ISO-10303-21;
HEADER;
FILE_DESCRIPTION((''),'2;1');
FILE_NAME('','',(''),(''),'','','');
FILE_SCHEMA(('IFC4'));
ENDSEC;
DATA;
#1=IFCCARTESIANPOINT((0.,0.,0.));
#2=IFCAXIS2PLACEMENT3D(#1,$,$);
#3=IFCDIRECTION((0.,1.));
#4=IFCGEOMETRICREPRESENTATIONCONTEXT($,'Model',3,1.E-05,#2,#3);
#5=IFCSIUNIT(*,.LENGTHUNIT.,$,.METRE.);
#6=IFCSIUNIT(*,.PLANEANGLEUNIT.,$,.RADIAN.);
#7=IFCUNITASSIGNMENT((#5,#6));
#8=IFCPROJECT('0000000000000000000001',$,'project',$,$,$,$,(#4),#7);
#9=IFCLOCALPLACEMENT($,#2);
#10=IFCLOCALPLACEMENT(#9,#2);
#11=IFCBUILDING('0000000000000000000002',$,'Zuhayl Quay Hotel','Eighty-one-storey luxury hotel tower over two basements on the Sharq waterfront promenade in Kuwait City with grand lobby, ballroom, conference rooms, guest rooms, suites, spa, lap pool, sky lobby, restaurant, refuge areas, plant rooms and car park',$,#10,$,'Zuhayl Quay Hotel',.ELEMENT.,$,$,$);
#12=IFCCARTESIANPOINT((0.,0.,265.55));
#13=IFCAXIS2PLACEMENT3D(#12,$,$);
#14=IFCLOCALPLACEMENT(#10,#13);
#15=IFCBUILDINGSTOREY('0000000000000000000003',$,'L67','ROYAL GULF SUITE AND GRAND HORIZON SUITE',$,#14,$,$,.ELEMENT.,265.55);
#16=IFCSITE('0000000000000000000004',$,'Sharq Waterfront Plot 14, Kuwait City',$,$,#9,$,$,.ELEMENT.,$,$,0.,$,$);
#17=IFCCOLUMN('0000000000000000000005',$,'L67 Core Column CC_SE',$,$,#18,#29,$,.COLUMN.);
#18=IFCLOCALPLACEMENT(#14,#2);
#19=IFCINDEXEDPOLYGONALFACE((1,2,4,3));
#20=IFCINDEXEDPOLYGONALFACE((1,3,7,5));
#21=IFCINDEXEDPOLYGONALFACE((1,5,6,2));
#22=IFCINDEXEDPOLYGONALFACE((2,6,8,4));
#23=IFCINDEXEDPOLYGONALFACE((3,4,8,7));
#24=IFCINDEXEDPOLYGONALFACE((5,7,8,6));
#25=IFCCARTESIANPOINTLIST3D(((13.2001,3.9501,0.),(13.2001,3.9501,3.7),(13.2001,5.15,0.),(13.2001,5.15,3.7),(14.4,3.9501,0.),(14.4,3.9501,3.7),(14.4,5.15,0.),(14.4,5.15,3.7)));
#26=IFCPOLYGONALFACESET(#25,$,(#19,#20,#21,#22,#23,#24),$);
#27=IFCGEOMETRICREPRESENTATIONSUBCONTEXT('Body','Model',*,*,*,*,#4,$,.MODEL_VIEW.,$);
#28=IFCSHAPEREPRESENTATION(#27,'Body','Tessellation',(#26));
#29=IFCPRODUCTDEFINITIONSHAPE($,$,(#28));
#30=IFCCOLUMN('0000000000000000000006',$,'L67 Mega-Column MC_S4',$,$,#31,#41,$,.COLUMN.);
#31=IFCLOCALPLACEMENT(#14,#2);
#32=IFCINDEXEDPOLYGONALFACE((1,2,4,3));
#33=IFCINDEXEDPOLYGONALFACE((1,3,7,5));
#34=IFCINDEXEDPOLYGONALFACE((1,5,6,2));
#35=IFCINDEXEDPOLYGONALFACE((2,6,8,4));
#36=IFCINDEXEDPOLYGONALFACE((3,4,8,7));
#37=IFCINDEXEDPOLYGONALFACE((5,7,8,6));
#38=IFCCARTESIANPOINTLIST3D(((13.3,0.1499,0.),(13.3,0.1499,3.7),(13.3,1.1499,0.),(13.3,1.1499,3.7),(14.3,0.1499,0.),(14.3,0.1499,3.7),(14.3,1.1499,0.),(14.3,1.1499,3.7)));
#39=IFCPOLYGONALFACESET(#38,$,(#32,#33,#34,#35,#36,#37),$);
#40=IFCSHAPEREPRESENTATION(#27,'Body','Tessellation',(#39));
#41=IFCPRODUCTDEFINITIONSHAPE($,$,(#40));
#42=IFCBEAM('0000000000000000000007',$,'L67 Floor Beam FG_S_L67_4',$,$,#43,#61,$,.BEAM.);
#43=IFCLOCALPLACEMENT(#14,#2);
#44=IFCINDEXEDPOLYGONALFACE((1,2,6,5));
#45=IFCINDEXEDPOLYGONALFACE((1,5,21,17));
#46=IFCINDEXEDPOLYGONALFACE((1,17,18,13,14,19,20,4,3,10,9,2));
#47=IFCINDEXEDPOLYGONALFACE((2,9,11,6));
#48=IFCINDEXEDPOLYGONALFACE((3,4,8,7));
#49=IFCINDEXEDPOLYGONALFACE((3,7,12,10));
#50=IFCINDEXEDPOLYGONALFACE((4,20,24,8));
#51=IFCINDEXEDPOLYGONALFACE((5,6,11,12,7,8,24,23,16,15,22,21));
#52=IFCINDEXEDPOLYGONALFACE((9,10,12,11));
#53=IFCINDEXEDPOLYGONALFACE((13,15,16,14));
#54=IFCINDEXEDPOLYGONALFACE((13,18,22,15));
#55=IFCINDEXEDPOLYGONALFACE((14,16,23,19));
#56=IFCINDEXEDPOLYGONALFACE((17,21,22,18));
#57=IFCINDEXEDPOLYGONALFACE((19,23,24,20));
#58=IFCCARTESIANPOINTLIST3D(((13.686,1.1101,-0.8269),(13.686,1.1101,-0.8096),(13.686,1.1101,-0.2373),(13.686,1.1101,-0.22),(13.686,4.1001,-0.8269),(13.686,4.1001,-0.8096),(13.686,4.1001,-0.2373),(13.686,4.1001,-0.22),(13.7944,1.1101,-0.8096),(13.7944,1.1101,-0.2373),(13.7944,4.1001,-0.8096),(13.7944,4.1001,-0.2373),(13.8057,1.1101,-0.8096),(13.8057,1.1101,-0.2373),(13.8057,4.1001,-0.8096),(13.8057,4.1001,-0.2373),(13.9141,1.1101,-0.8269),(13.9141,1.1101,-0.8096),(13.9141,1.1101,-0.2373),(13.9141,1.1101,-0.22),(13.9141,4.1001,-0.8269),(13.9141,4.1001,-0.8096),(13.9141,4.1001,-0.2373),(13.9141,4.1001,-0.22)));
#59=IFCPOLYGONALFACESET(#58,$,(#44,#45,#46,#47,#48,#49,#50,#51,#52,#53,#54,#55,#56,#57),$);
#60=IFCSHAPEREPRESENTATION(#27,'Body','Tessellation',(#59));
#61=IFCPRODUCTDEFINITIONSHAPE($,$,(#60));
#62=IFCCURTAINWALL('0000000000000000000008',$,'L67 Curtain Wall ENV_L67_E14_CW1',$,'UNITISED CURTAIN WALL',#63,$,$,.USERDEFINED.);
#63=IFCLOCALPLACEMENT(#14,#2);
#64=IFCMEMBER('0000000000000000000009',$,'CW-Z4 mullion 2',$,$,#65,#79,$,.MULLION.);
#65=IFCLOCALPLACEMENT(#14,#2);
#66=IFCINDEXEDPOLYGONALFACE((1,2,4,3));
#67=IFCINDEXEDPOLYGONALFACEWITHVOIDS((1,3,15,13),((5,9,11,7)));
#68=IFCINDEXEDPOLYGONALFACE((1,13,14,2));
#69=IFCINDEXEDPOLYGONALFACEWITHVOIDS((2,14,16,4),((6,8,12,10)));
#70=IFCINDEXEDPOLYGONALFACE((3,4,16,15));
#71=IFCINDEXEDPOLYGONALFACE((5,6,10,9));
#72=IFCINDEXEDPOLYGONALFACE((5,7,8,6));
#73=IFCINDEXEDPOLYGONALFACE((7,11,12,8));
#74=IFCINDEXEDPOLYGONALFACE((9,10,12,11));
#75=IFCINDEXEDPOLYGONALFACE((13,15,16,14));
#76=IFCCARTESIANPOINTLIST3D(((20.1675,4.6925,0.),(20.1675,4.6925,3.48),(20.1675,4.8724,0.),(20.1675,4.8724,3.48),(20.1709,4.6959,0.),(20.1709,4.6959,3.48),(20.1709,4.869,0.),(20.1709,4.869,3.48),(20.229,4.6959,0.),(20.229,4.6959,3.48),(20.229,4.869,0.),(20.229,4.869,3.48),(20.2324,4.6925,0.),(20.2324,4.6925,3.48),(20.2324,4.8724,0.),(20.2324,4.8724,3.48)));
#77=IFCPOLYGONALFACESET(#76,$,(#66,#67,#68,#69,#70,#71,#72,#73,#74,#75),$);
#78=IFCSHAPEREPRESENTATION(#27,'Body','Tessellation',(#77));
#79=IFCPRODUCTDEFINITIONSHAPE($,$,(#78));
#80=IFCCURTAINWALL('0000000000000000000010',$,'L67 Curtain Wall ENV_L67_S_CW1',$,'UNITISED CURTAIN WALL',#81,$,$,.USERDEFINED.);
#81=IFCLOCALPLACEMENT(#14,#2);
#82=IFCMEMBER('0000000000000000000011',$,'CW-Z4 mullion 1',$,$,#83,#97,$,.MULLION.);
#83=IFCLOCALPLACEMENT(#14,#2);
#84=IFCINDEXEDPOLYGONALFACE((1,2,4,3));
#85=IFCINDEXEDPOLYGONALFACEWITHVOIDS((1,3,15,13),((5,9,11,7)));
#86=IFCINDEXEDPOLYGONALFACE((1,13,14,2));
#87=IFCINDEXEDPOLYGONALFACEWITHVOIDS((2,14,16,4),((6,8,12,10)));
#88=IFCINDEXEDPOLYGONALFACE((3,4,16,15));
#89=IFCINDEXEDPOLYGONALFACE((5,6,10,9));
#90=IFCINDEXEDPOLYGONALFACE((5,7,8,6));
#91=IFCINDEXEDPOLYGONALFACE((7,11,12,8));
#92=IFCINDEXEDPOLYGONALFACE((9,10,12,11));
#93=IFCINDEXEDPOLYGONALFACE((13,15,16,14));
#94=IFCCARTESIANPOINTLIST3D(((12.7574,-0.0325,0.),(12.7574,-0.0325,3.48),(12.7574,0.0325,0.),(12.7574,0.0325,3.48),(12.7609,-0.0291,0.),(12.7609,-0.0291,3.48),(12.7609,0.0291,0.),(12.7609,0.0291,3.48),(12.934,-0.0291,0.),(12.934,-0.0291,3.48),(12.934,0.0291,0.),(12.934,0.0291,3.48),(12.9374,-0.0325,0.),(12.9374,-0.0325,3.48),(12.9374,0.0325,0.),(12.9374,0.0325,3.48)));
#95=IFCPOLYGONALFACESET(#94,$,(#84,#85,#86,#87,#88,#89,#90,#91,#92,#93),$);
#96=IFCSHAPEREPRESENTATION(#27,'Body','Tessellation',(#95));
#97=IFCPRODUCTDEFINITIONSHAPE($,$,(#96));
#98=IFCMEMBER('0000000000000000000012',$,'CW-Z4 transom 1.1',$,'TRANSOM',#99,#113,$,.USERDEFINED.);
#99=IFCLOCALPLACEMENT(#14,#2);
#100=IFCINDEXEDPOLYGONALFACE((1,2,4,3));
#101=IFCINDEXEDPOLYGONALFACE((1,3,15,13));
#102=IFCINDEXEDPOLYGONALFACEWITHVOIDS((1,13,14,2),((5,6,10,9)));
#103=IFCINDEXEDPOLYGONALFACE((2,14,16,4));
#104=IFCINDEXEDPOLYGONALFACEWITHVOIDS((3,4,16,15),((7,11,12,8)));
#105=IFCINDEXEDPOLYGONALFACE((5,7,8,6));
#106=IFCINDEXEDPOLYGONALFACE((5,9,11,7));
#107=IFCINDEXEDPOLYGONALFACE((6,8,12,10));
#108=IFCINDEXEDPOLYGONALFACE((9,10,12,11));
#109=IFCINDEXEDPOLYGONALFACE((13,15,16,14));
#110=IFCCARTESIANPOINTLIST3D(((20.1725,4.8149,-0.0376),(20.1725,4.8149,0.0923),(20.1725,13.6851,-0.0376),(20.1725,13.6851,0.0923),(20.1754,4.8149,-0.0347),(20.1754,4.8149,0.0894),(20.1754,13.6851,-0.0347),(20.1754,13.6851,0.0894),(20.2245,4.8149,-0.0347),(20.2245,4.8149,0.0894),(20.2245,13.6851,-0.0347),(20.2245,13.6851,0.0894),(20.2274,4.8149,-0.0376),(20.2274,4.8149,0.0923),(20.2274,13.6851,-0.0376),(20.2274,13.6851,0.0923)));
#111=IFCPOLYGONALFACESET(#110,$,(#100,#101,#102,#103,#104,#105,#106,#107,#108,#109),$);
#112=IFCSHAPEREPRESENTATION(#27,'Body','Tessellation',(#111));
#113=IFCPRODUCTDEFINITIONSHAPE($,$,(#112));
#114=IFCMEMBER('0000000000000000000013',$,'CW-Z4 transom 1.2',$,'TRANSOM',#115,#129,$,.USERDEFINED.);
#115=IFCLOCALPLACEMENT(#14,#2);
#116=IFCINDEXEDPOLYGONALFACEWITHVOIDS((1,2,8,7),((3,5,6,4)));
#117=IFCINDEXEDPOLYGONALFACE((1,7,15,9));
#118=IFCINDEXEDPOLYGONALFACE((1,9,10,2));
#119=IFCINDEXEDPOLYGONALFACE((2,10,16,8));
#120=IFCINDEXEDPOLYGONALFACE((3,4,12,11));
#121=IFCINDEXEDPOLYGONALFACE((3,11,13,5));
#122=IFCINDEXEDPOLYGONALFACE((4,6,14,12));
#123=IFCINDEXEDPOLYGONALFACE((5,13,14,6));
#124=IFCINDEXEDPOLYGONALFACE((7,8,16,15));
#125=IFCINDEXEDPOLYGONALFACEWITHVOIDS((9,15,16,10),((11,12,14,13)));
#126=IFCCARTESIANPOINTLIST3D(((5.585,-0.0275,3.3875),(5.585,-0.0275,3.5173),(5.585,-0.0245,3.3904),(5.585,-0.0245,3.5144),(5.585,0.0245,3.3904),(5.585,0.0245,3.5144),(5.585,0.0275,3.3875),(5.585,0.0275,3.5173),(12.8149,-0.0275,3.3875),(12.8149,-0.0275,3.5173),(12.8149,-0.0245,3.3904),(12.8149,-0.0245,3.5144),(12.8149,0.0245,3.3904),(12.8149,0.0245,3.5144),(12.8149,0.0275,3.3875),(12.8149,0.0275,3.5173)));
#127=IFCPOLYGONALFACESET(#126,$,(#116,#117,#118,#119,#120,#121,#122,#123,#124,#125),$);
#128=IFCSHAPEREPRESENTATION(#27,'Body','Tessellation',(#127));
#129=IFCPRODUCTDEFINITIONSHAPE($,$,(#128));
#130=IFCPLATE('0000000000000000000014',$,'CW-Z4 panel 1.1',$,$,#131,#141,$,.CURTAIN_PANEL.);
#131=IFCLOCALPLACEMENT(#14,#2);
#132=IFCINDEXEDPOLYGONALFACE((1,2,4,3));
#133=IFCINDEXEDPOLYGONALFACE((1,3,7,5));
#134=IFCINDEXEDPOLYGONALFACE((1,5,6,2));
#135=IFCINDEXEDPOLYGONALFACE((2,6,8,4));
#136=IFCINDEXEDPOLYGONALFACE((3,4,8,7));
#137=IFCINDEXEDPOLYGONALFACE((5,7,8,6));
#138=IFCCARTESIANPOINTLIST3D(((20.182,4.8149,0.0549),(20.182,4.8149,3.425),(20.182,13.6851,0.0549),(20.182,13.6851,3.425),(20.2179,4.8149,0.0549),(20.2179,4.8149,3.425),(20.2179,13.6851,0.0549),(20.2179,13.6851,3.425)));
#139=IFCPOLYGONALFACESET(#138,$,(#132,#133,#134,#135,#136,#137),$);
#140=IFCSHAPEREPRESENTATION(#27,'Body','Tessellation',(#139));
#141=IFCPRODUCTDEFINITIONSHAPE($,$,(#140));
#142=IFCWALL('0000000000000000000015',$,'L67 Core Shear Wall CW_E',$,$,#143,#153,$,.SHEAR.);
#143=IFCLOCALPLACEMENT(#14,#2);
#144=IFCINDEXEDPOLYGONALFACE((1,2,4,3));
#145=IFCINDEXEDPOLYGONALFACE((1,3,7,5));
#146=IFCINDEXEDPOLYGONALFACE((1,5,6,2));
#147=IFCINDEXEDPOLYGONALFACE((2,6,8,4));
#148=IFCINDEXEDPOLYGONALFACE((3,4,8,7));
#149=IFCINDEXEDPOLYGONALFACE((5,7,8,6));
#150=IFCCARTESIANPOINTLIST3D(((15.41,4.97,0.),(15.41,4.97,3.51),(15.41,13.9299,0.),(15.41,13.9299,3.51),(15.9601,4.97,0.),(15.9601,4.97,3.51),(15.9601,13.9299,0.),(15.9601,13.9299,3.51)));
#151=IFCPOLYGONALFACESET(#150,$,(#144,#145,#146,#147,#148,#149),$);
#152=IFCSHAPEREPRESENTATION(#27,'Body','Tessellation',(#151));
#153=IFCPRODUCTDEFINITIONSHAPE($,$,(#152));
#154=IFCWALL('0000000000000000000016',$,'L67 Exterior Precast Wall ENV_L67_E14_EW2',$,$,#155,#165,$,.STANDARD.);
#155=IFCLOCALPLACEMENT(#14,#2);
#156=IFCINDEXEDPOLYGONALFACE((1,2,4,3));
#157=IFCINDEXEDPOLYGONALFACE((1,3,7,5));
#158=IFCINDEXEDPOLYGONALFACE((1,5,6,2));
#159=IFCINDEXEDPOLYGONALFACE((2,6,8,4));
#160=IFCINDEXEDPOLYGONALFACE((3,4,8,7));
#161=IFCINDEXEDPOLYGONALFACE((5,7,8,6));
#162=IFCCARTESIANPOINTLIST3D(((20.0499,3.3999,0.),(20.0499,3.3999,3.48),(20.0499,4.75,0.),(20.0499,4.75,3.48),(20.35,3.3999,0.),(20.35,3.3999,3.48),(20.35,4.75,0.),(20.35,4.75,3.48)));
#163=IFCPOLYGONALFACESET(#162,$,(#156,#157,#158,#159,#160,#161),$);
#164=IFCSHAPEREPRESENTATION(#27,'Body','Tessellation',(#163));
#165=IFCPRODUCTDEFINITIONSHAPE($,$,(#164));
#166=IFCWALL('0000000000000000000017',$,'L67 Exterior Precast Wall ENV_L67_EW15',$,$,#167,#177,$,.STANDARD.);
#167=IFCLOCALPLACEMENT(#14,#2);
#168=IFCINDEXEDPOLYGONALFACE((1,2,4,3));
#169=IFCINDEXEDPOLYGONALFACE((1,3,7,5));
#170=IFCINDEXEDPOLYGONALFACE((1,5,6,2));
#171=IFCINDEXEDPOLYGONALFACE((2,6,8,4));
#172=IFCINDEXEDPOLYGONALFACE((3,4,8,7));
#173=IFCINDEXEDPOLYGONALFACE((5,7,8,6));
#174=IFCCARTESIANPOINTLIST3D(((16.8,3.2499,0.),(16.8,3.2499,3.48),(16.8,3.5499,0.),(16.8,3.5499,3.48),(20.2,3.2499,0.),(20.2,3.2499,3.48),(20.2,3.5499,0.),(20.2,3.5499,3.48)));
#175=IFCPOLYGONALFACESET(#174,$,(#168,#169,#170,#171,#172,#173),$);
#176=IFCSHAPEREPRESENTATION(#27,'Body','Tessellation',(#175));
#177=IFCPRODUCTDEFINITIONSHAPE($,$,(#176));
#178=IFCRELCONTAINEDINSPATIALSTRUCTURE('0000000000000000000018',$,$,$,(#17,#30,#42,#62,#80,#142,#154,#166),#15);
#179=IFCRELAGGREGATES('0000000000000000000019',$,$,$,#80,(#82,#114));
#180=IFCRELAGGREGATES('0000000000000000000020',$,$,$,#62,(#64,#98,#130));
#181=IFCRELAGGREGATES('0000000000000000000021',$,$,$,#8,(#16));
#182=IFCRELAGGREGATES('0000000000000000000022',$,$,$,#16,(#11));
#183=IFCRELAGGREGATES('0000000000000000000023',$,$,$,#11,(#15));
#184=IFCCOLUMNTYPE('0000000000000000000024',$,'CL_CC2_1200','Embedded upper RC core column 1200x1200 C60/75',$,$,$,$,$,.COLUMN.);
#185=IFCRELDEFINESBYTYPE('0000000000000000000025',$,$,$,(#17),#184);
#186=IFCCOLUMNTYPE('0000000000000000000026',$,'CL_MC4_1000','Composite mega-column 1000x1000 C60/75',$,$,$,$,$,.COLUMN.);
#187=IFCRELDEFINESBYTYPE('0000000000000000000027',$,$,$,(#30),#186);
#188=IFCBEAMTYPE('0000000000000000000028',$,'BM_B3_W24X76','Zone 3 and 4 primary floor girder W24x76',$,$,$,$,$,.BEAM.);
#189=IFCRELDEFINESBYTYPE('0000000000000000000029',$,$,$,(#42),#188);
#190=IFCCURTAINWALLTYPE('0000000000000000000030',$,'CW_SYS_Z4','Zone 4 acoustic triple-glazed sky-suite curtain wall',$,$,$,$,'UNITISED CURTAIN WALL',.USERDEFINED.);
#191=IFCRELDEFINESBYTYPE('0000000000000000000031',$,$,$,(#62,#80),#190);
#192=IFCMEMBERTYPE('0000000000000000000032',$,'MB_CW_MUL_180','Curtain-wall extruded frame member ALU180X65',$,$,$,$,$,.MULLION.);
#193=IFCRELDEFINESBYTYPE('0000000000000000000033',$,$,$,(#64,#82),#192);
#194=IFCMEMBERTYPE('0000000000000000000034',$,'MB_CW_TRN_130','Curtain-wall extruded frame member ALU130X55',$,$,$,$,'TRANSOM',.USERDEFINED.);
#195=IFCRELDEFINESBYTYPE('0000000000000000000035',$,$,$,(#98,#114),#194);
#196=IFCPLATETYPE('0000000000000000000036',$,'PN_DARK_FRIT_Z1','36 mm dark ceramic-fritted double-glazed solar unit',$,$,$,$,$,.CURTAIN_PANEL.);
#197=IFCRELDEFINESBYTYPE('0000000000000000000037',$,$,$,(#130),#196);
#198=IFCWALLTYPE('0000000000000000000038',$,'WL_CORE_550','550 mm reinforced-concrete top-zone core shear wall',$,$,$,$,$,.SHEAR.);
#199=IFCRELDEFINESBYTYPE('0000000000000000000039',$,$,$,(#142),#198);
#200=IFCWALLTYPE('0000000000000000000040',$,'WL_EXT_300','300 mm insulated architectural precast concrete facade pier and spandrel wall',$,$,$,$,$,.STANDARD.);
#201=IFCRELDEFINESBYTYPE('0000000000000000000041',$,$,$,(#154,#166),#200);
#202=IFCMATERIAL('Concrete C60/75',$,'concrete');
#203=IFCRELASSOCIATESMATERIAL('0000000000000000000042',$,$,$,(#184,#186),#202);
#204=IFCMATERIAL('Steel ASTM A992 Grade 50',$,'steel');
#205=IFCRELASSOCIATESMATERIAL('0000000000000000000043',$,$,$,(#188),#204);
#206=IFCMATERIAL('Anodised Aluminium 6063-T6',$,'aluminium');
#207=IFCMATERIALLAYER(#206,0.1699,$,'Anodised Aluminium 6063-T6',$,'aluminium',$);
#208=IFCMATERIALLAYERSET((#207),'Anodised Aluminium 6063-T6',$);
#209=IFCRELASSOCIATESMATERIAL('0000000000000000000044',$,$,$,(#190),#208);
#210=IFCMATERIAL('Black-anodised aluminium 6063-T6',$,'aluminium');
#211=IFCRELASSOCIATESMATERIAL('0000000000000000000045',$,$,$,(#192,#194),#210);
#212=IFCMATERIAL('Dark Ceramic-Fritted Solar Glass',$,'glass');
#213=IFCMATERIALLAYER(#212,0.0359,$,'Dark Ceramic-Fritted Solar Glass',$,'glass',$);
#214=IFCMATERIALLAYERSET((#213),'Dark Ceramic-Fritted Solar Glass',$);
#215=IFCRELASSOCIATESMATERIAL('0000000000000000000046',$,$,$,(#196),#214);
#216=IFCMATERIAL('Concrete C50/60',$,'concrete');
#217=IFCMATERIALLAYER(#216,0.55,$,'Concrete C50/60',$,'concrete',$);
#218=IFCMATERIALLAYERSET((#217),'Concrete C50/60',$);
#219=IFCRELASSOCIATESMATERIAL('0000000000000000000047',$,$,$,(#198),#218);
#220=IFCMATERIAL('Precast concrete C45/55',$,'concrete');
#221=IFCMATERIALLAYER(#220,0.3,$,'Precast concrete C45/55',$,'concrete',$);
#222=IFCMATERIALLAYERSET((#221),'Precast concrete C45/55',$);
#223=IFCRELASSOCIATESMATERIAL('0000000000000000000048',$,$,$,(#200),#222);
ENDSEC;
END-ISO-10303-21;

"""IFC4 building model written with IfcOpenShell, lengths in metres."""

from ifc_helpers import new_model, si_unit, direction, frame, frame_2d, origin, origin_2d, place, context, subcontext, project, spatial, rectangle, hollow_rectangle, i_section, extrude, material, layer, layer_set, material_profile, profile_set, type_object, element, aggregate, save


model = new_model("IFC4")

# Units and contexts
model_context = context("Model", 3, precision=1e-05, world=origin(), true_north=direction((0.0, 1.0)))
body_context = subcontext(model_context, "Body", "Model", "MODEL_VIEW")
ifc_project = project(units=[si_unit("LENGTHUNIT", "METRE"), si_unit("PLANEANGLEUNIT", "RADIAN")], contexts=[model_context])

# Site, building, storey
site_placement = place(None, origin())
site = spatial("IfcSite", under=ifc_project, at=site_placement, Name="Sharq Waterfront Plot 14, Kuwait City", CompositionType="ELEMENT", RefElevation=0.0)
building_placement = place(site_placement, origin())
building = spatial("IfcBuilding", under=site, at=building_placement, Name="Zuhayl Quay Hotel", Description="Eighty-one-storey luxury hotel tower over two basements on the Sharq waterfront promenade in Kuwait City with grand lobby, ballroom, conference rooms, guest rooms, suites, spa, lap pool, sky lobby, restaurant, refuge areas, plant rooms and car park", LongName="Zuhayl Quay Hotel", CompositionType="ELEMENT")
storey_placement = place(building_placement, frame((0.0, 0.0, 265.55)))
storey = spatial("IfcBuildingStorey", under=building, at=storey_placement, Name="L67", Description="ROYAL GULF SUITE AND GRAND HORIZON SUITE", CompositionType="ELEMENT", Elevation=265.55)

# Columns
ifc_material_1 = material(Name="Concrete C60/75", Category="concrete")
ifc_material_profile_1 = material_profile(ifc_material_1, rectangle(XDim=1.2, YDim=1.2, at=origin_2d()), Name="RC1200X1200")
ifc_profile_set_1 = profile_set([ifc_material_profile_1], Name="Concrete C60/75")
column_type_1 = type_object("IfcColumnType", Name="CL_CC2_1200", Description="Embedded upper RC core column 1200x1200 C60/75", PredefinedType="COLUMN", material=ifc_profile_set_1)
column_1_placement = place(storey_placement, frame((13.8, 4.55, 0.0), z_axis=(0.0, 0.0, 1.0), x_axis=(1.0, 0.0, 0.0)))
element("IfcColumn", 1, at=column_1_placement, inside=storey, type_object=column_type_1, Name="L67 Core Column CC_SE", PredefinedType="COLUMN", context=body_context, shape_type="SweptSolid", body=[
    extrude(rectangle(XDim=1.2, YDim=1.2, at=origin_2d()), origin(), (0.0, 0.0, 1.0), 3.7),
])
ifc_material_profile_2 = material_profile(ifc_material_1, rectangle(XDim=1.0, YDim=1.0, at=origin_2d()), Name="RC1000X1000")
ifc_profile_set_2 = profile_set([ifc_material_profile_2], Name="Concrete C60/75")
column_type_2 = type_object("IfcColumnType", Name="CL_MC4_1000", Description="Composite mega-column 1000x1000 C60/75", PredefinedType="COLUMN", material=ifc_profile_set_2)
column_2_placement = place(storey_placement, frame((13.8, 0.6499, 0.0), z_axis=(0.0, 0.0, 1.0), x_axis=(1.0, 0.0, 0.0)))
element("IfcColumn", 2, at=column_2_placement, inside=storey, type_object=column_type_2, Name="L67 Mega-Column MC_S4", PredefinedType="COLUMN", context=body_context, shape_type="SweptSolid", body=[
    extrude(rectangle(XDim=1.0, YDim=1.0, at=origin_2d()), origin(), (0.0, 0.0, 1.0), 3.7),
])

# Beam
ifc_material_2 = material(Name="Steel ASTM A992 Grade 50", Category="steel")
ifc_material_profile_3 = material_profile(ifc_material_2, i_section(OverallWidth=0.228, OverallDepth=0.6069, WebThickness=0.0112, FlangeThickness=0.0173, at=origin_2d()), Name="W24X76")
ifc_profile_set_3 = profile_set([ifc_material_profile_3], Name="Steel ASTM A992 Grade 50")
beam_type = type_object("IfcBeamType", Name="BM_B3_W24X76", Description="Zone 3 and 4 primary floor girder W24x76", PredefinedType="BEAM", material=ifc_profile_set_3)
beam_placement = place(storey_placement, frame((13.8, 1.1101, -0.5234), z_axis=(0.0, 1.0, 0.0), x_axis=(-1.0, 0.0, 0.0)))
element("IfcBeam", 3, at=beam_placement, inside=storey, type_object=beam_type, Name="L67 Floor Beam FG_S_L67_4", PredefinedType="BEAM", context=body_context, shape_type="SweptSolid", body=[
    extrude(i_section(OverallWidth=0.228, OverallDepth=0.6069, WebThickness=0.0112, FlangeThickness=0.0173, at=origin_2d()), origin(), (0.0, 0.0, 1.0), 2.99),
])

# Curtain walls, members
ifc_material_3 = material(Name="Anodised Aluminium 6063-T6", Category="aluminium")
ifc_layer_1 = layer(ifc_material_3, 0.1699, Name="Anodised Aluminium 6063-T6", Category="aluminium")
ifc_layer_set_1 = layer_set([ifc_layer_1], Name="Anodised Aluminium 6063-T6")
curtain_wall_type = type_object("IfcCurtainWallType", Name="CW_SYS_Z4", Description="Zone 4 acoustic triple-glazed sky-suite curtain wall", ElementType="UNITISED CURTAIN WALL", PredefinedType="USERDEFINED", material=ifc_layer_set_1)
curtain_wall_1_placement = place(storey_placement, origin())
curtain_wall_1 = element("IfcCurtainWall", 4, at=curtain_wall_1_placement, inside=storey, type_object=curtain_wall_type, Name="L67 Curtain Wall ENV_L67_E14_CW1", ObjectType="UNITISED CURTAIN WALL", PredefinedType="USERDEFINED")
ifc_material_4 = material(Name="Black-anodised aluminium 6063-T6", Category="aluminium")
ifc_material_profile_4 = material_profile(ifc_material_4, hollow_rectangle(XDim=0.0649, YDim=0.1799, WallThickness=0.0034, at=origin_2d()), Name="ALU180X65")
ifc_profile_set_4 = profile_set([ifc_material_profile_4], Name="Black-anodised aluminium 6063-T6")
member_type_1 = type_object("IfcMemberType", Name="MB_CW_MUL_180", Description="Curtain-wall extruded frame member ALU180X65", PredefinedType="MULLION", material=ifc_profile_set_4)
member_1_placement = place(storey_placement, frame((20.2, 4.7825, 0.0), z_axis=(0.0, 0.0, 1.0), x_axis=(1.0, 0.0, 0.0)))
member_1 = element("IfcMember", 5, at=member_1_placement, type_object=member_type_1, Name="CW-Z4 mullion 2", PredefinedType="MULLION", context=body_context, shape_type="SweptSolid", body=[
    extrude(hollow_rectangle(XDim=0.0649, YDim=0.1799, WallThickness=0.0034, at=origin_2d()), origin(), (0.0, 0.0, 1.0), 3.48),
])
curtain_wall_2_placement = place(storey_placement, origin())
curtain_wall_2 = element("IfcCurtainWall", 6, at=curtain_wall_2_placement, inside=storey, type_object=curtain_wall_type, Name="L67 Curtain Wall ENV_L67_S_CW1", ObjectType="UNITISED CURTAIN WALL", PredefinedType="USERDEFINED")
member_2_placement = place(storey_placement, frame((12.8474, 0.0, 0.0), z_axis=(0.0, 0.0, 1.0), x_axis=(0.0, -1.0, 0.0)))
member_2 = element("IfcMember", 7, at=member_2_placement, type_object=member_type_1, Name="CW-Z4 mullion 1", PredefinedType="MULLION", context=body_context, shape_type="SweptSolid", body=[
    extrude(hollow_rectangle(XDim=0.0649, YDim=0.1799, WallThickness=0.0034, at=origin_2d()), origin(), (0.0, 0.0, 1.0), 3.48),
])

# Members
ifc_material_profile_5 = material_profile(ifc_material_4, hollow_rectangle(XDim=0.0549, YDim=0.1299, WallThickness=0.0029, at=origin_2d()), Name="ALU130X55")
ifc_profile_set_5 = profile_set([ifc_material_profile_5], Name="Black-anodised aluminium 6063-T6")
member_type_2 = type_object("IfcMemberType", Name="MB_CW_TRN_130", Description="Curtain-wall extruded frame member ALU130X55", ElementType="TRANSOM", PredefinedType="USERDEFINED", material=ifc_profile_set_5)
member_3_placement = place(storey_placement, frame((20.2, 13.6851, 0.0273), z_axis=(0.0, -1.0, 0.0), x_axis=(1.0, 0.0, 0.0)))
member_3 = element("IfcMember", 8, at=member_3_placement, type_object=member_type_2, Name="CW-Z4 transom 1.1", ObjectType="TRANSOM", PredefinedType="USERDEFINED", context=body_context, shape_type="SweptSolid", body=[
    extrude(hollow_rectangle(XDim=0.0549, YDim=0.1299, WallThickness=0.0029, at=origin_2d()), origin(), (0.0, 0.0, 1.0), 8.8701),
])
member_4_placement = place(storey_placement, frame((12.8149, 0.0, 3.4524), z_axis=(-1.0, 0.0, 0.0), x_axis=(0.0, -1.0, 0.0)))
member_4 = element("IfcMember", 9, at=member_4_placement, type_object=member_type_2, Name="CW-Z4 transom 1.2", ObjectType="TRANSOM", PredefinedType="USERDEFINED", context=body_context, shape_type="SweptSolid", body=[
    extrude(hollow_rectangle(XDim=0.0549, YDim=0.1299, WallThickness=0.0029, at=origin_2d()), origin(), (0.0, 0.0, 1.0), 7.23),
])
aggregate(curtain_wall_2, [member_2, member_4])

# Plate
ifc_material_5 = material(Name="Dark Ceramic-Fritted Solar Glass", Category="glass")
ifc_layer_2 = layer(ifc_material_5, 0.0359, Name="Dark Ceramic-Fritted Solar Glass", Category="glass")
ifc_layer_set_2 = layer_set([ifc_layer_2], Name="Dark Ceramic-Fritted Solar Glass")
plate_type = type_object("IfcPlateType", Name="PN_DARK_FRIT_Z1", Description="36 mm dark ceramic-fritted double-glazed solar unit", PredefinedType="CURTAIN_PANEL", material=ifc_layer_set_2)
plate_placement = place(storey_placement, frame((20.2, 9.25, 0.0549), z_axis=(0.0, 0.0, 1.0), x_axis=(0.0, -1.0, 0.0)))
plate = element("IfcPlate", 10, at=plate_placement, type_object=plate_type, Name="CW-Z4 panel 1.1", PredefinedType="CURTAIN_PANEL", context=body_context, shape_type="SweptSolid", body=[
    extrude(rectangle(XDim=8.8701, YDim=0.0359, at=origin_2d()), origin(), (0.0, 0.0, 1.0), 3.3701),
])
aggregate(curtain_wall_1, [member_1, member_3, plate])

# Walls
ifc_material_6 = material(Name="Concrete C50/60", Category="concrete")
ifc_layer_3 = layer(ifc_material_6, 0.55, Name="Concrete C50/60", Category="concrete")
ifc_layer_set_3 = layer_set([ifc_layer_3], Name="Concrete C50/60")
wall_type_1 = type_object("IfcWallType", Name="WL_CORE_550", Description="550 mm reinforced-concrete top-zone core shear wall", PredefinedType="SHEAR", material=ifc_layer_set_3)
wall_1_placement = place(storey_placement, frame((15.6851, 4.97, 0.0), z_axis=(0.0, 0.0, 1.0), x_axis=(0.0, 1.0, 0.0)))
element("IfcWall", 11, at=wall_1_placement, inside=storey, type_object=wall_type_1, Name="L67 Core Shear Wall CW_E", PredefinedType="SHEAR", context=body_context, shape_type="SweptSolid", body=[
    extrude(rectangle(XDim=8.96, YDim=0.55, at=frame_2d((4.48, 0.0))), origin(), (0.0, 0.0, 1.0), 3.51),
])
ifc_material_7 = material(Name="Precast concrete C45/55", Category="concrete")
ifc_layer_4 = layer(ifc_material_7, 0.3, Name="Precast concrete C45/55", Category="concrete")
ifc_layer_set_4 = layer_set([ifc_layer_4], Name="Precast concrete C45/55")
wall_type_2 = type_object("IfcWallType", Name="WL_EXT_300", Description="300 mm insulated architectural precast concrete facade pier and spandrel wall", PredefinedType="STANDARD", material=ifc_layer_set_4)
wall_2_placement = place(storey_placement, frame((20.2, 4.75, 0.0), z_axis=(0.0, 0.0, 1.0), x_axis=(0.0, -1.0, 0.0)))
element("IfcWall", 12, at=wall_2_placement, inside=storey, type_object=wall_type_2, Name="L67 Exterior Precast Wall ENV_L67_E14_EW2", PredefinedType="STANDARD", context=body_context, shape_type="SweptSolid", body=[
    extrude(rectangle(XDim=1.3501, YDim=0.3, at=frame_2d((0.675, 0.0))), origin(), (0.0, 0.0, 1.0), 3.48),
])
for number, where, z_axis, x_axis, name in (
    (13, (20.2, 3.3999, 0.0), (0.0, 0.0, 1.0), (-1.0, 0.0, 0.0), "L67 Exterior Precast Wall ENV_L67_EW15"),
):
    element("IfcWall", number, at=place(storey_placement, frame(where, z_axis=z_axis, x_axis=x_axis)), inside=storey, type_object=wall_type_2, Name=name, PredefinedType="STANDARD", context=body_context, shape_type="SweptSolid", body=[
        extrude(rectangle(XDim=3.3999, YDim=0.3, at=frame_2d((1.7, 0.0))), origin(), (0.0, 0.0, 1.0), 3.48),
    ])

save(model, "model.ifc")
